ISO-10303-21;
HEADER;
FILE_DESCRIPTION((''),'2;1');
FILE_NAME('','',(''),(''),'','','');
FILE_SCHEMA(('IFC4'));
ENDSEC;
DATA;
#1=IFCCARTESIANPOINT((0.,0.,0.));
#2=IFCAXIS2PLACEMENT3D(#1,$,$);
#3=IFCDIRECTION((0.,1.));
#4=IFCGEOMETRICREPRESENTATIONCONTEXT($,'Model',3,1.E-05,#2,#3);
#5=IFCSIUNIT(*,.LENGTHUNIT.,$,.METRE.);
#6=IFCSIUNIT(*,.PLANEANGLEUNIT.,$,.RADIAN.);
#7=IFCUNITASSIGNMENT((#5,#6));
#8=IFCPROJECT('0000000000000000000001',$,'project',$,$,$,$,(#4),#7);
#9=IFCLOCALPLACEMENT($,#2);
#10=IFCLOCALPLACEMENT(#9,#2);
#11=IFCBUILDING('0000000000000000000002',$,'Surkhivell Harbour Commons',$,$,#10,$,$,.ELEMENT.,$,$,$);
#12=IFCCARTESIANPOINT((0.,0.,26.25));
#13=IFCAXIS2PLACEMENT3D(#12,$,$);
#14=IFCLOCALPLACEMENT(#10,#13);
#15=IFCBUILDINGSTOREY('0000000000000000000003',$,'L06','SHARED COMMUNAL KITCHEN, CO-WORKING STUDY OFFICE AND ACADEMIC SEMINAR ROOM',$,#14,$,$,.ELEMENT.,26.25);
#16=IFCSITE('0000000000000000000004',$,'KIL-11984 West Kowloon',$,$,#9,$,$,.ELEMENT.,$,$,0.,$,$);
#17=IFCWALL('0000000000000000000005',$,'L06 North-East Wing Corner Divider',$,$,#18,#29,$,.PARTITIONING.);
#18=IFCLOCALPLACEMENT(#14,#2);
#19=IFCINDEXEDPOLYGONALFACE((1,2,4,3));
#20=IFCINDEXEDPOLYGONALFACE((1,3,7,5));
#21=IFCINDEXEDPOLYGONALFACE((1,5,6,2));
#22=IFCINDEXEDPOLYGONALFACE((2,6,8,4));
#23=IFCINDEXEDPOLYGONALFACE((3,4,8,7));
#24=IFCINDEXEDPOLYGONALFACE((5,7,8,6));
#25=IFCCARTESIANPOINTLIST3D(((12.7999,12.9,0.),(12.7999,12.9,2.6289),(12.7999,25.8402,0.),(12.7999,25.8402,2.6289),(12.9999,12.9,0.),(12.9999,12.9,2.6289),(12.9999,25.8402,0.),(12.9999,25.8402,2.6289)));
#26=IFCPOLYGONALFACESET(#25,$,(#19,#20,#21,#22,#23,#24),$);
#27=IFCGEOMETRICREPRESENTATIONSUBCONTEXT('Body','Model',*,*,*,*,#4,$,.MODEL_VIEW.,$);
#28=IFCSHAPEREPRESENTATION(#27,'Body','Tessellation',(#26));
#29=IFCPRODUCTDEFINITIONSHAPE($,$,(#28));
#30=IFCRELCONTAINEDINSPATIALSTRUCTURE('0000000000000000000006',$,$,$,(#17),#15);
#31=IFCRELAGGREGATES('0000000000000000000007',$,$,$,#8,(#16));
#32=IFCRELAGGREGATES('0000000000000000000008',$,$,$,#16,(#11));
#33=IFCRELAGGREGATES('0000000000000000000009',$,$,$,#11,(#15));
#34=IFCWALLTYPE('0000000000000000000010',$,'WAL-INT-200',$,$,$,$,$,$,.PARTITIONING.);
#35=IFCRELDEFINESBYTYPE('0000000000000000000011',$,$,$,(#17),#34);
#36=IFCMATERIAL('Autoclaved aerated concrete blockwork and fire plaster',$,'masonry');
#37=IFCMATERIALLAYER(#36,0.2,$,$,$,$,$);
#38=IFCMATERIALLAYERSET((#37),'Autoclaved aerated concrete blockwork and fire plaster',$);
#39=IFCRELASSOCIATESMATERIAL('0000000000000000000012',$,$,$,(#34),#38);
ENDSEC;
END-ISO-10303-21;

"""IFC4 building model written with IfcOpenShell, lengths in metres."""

from ifc_helpers import new_model, si_unit, direction, frame, frame_2d, origin, place, context, subcontext, project, spatial, rectangle, extrude, material, layer, layer_set, type_object, element, save


model = new_model("IFC4")

# Units and contexts
model_context = context("Model", 3, precision=1e-05, world=origin(), true_north=direction((0.0, 1.0)))
body_context = subcontext(model_context, "Body", "Model", "MODEL_VIEW")
ifc_project = project(units=[si_unit("LENGTHUNIT", "METRE"), si_unit("PLANEANGLEUNIT", "RADIAN")], contexts=[model_context])

# Site, building, storey
site_placement = place(None, origin())
site = spatial("IfcSite", under=ifc_project, at=site_placement, Name="KIL-11984 West Kowloon", CompositionType="ELEMENT", RefElevation=0.0)
building_placement = place(site_placement, origin())
building = spatial("IfcBuilding", under=site, at=building_placement, Name="Surkhivell Harbour Commons", CompositionType="ELEMENT")
storey_placement = place(building_placement, frame((0.0, 0.0, 26.25)))
storey = spatial("IfcBuildingStorey", under=building, at=storey_placement, Name="L06", Description="SHARED COMMUNAL KITCHEN, CO-WORKING STUDY OFFICE AND ACADEMIC SEMINAR ROOM", CompositionType="ELEMENT", Elevation=26.25)

# Wall
ifc_material_1 = material(Name="Autoclaved aerated concrete blockwork and fire plaster", Category="masonry")
ifc_layer_1 = layer(ifc_material_1, 0.2)
ifc_layer_set_1 = layer_set([ifc_layer_1], Name="Autoclaved aerated concrete blockwork and fire plaster")
wall_type = type_object("IfcWallType", Name="WAL-INT-200", PredefinedType="PARTITIONING", material=ifc_layer_set_1)
wall_placement = place(storey_placement, frame((12.8999, 12.8999, 0.0), z_axis=(0.0, 0.0, 1.0), x_axis=(0.0, 1.0, 0.0)))
element("IfcWall", 1, at=wall_placement, inside=storey, type_object=wall_type, Name="L06 North-East Wing Corner Divider", PredefinedType="PARTITIONING", context=body_context, shape_type="SweptSolid", body=[
    extrude(rectangle(XDim=12.9402, YDim=0.2, at=frame_2d((6.4702, 0.0))), origin(), (0.0, 0.0, 1.0), 2.6289),
])

save(model, "model.ifc")
